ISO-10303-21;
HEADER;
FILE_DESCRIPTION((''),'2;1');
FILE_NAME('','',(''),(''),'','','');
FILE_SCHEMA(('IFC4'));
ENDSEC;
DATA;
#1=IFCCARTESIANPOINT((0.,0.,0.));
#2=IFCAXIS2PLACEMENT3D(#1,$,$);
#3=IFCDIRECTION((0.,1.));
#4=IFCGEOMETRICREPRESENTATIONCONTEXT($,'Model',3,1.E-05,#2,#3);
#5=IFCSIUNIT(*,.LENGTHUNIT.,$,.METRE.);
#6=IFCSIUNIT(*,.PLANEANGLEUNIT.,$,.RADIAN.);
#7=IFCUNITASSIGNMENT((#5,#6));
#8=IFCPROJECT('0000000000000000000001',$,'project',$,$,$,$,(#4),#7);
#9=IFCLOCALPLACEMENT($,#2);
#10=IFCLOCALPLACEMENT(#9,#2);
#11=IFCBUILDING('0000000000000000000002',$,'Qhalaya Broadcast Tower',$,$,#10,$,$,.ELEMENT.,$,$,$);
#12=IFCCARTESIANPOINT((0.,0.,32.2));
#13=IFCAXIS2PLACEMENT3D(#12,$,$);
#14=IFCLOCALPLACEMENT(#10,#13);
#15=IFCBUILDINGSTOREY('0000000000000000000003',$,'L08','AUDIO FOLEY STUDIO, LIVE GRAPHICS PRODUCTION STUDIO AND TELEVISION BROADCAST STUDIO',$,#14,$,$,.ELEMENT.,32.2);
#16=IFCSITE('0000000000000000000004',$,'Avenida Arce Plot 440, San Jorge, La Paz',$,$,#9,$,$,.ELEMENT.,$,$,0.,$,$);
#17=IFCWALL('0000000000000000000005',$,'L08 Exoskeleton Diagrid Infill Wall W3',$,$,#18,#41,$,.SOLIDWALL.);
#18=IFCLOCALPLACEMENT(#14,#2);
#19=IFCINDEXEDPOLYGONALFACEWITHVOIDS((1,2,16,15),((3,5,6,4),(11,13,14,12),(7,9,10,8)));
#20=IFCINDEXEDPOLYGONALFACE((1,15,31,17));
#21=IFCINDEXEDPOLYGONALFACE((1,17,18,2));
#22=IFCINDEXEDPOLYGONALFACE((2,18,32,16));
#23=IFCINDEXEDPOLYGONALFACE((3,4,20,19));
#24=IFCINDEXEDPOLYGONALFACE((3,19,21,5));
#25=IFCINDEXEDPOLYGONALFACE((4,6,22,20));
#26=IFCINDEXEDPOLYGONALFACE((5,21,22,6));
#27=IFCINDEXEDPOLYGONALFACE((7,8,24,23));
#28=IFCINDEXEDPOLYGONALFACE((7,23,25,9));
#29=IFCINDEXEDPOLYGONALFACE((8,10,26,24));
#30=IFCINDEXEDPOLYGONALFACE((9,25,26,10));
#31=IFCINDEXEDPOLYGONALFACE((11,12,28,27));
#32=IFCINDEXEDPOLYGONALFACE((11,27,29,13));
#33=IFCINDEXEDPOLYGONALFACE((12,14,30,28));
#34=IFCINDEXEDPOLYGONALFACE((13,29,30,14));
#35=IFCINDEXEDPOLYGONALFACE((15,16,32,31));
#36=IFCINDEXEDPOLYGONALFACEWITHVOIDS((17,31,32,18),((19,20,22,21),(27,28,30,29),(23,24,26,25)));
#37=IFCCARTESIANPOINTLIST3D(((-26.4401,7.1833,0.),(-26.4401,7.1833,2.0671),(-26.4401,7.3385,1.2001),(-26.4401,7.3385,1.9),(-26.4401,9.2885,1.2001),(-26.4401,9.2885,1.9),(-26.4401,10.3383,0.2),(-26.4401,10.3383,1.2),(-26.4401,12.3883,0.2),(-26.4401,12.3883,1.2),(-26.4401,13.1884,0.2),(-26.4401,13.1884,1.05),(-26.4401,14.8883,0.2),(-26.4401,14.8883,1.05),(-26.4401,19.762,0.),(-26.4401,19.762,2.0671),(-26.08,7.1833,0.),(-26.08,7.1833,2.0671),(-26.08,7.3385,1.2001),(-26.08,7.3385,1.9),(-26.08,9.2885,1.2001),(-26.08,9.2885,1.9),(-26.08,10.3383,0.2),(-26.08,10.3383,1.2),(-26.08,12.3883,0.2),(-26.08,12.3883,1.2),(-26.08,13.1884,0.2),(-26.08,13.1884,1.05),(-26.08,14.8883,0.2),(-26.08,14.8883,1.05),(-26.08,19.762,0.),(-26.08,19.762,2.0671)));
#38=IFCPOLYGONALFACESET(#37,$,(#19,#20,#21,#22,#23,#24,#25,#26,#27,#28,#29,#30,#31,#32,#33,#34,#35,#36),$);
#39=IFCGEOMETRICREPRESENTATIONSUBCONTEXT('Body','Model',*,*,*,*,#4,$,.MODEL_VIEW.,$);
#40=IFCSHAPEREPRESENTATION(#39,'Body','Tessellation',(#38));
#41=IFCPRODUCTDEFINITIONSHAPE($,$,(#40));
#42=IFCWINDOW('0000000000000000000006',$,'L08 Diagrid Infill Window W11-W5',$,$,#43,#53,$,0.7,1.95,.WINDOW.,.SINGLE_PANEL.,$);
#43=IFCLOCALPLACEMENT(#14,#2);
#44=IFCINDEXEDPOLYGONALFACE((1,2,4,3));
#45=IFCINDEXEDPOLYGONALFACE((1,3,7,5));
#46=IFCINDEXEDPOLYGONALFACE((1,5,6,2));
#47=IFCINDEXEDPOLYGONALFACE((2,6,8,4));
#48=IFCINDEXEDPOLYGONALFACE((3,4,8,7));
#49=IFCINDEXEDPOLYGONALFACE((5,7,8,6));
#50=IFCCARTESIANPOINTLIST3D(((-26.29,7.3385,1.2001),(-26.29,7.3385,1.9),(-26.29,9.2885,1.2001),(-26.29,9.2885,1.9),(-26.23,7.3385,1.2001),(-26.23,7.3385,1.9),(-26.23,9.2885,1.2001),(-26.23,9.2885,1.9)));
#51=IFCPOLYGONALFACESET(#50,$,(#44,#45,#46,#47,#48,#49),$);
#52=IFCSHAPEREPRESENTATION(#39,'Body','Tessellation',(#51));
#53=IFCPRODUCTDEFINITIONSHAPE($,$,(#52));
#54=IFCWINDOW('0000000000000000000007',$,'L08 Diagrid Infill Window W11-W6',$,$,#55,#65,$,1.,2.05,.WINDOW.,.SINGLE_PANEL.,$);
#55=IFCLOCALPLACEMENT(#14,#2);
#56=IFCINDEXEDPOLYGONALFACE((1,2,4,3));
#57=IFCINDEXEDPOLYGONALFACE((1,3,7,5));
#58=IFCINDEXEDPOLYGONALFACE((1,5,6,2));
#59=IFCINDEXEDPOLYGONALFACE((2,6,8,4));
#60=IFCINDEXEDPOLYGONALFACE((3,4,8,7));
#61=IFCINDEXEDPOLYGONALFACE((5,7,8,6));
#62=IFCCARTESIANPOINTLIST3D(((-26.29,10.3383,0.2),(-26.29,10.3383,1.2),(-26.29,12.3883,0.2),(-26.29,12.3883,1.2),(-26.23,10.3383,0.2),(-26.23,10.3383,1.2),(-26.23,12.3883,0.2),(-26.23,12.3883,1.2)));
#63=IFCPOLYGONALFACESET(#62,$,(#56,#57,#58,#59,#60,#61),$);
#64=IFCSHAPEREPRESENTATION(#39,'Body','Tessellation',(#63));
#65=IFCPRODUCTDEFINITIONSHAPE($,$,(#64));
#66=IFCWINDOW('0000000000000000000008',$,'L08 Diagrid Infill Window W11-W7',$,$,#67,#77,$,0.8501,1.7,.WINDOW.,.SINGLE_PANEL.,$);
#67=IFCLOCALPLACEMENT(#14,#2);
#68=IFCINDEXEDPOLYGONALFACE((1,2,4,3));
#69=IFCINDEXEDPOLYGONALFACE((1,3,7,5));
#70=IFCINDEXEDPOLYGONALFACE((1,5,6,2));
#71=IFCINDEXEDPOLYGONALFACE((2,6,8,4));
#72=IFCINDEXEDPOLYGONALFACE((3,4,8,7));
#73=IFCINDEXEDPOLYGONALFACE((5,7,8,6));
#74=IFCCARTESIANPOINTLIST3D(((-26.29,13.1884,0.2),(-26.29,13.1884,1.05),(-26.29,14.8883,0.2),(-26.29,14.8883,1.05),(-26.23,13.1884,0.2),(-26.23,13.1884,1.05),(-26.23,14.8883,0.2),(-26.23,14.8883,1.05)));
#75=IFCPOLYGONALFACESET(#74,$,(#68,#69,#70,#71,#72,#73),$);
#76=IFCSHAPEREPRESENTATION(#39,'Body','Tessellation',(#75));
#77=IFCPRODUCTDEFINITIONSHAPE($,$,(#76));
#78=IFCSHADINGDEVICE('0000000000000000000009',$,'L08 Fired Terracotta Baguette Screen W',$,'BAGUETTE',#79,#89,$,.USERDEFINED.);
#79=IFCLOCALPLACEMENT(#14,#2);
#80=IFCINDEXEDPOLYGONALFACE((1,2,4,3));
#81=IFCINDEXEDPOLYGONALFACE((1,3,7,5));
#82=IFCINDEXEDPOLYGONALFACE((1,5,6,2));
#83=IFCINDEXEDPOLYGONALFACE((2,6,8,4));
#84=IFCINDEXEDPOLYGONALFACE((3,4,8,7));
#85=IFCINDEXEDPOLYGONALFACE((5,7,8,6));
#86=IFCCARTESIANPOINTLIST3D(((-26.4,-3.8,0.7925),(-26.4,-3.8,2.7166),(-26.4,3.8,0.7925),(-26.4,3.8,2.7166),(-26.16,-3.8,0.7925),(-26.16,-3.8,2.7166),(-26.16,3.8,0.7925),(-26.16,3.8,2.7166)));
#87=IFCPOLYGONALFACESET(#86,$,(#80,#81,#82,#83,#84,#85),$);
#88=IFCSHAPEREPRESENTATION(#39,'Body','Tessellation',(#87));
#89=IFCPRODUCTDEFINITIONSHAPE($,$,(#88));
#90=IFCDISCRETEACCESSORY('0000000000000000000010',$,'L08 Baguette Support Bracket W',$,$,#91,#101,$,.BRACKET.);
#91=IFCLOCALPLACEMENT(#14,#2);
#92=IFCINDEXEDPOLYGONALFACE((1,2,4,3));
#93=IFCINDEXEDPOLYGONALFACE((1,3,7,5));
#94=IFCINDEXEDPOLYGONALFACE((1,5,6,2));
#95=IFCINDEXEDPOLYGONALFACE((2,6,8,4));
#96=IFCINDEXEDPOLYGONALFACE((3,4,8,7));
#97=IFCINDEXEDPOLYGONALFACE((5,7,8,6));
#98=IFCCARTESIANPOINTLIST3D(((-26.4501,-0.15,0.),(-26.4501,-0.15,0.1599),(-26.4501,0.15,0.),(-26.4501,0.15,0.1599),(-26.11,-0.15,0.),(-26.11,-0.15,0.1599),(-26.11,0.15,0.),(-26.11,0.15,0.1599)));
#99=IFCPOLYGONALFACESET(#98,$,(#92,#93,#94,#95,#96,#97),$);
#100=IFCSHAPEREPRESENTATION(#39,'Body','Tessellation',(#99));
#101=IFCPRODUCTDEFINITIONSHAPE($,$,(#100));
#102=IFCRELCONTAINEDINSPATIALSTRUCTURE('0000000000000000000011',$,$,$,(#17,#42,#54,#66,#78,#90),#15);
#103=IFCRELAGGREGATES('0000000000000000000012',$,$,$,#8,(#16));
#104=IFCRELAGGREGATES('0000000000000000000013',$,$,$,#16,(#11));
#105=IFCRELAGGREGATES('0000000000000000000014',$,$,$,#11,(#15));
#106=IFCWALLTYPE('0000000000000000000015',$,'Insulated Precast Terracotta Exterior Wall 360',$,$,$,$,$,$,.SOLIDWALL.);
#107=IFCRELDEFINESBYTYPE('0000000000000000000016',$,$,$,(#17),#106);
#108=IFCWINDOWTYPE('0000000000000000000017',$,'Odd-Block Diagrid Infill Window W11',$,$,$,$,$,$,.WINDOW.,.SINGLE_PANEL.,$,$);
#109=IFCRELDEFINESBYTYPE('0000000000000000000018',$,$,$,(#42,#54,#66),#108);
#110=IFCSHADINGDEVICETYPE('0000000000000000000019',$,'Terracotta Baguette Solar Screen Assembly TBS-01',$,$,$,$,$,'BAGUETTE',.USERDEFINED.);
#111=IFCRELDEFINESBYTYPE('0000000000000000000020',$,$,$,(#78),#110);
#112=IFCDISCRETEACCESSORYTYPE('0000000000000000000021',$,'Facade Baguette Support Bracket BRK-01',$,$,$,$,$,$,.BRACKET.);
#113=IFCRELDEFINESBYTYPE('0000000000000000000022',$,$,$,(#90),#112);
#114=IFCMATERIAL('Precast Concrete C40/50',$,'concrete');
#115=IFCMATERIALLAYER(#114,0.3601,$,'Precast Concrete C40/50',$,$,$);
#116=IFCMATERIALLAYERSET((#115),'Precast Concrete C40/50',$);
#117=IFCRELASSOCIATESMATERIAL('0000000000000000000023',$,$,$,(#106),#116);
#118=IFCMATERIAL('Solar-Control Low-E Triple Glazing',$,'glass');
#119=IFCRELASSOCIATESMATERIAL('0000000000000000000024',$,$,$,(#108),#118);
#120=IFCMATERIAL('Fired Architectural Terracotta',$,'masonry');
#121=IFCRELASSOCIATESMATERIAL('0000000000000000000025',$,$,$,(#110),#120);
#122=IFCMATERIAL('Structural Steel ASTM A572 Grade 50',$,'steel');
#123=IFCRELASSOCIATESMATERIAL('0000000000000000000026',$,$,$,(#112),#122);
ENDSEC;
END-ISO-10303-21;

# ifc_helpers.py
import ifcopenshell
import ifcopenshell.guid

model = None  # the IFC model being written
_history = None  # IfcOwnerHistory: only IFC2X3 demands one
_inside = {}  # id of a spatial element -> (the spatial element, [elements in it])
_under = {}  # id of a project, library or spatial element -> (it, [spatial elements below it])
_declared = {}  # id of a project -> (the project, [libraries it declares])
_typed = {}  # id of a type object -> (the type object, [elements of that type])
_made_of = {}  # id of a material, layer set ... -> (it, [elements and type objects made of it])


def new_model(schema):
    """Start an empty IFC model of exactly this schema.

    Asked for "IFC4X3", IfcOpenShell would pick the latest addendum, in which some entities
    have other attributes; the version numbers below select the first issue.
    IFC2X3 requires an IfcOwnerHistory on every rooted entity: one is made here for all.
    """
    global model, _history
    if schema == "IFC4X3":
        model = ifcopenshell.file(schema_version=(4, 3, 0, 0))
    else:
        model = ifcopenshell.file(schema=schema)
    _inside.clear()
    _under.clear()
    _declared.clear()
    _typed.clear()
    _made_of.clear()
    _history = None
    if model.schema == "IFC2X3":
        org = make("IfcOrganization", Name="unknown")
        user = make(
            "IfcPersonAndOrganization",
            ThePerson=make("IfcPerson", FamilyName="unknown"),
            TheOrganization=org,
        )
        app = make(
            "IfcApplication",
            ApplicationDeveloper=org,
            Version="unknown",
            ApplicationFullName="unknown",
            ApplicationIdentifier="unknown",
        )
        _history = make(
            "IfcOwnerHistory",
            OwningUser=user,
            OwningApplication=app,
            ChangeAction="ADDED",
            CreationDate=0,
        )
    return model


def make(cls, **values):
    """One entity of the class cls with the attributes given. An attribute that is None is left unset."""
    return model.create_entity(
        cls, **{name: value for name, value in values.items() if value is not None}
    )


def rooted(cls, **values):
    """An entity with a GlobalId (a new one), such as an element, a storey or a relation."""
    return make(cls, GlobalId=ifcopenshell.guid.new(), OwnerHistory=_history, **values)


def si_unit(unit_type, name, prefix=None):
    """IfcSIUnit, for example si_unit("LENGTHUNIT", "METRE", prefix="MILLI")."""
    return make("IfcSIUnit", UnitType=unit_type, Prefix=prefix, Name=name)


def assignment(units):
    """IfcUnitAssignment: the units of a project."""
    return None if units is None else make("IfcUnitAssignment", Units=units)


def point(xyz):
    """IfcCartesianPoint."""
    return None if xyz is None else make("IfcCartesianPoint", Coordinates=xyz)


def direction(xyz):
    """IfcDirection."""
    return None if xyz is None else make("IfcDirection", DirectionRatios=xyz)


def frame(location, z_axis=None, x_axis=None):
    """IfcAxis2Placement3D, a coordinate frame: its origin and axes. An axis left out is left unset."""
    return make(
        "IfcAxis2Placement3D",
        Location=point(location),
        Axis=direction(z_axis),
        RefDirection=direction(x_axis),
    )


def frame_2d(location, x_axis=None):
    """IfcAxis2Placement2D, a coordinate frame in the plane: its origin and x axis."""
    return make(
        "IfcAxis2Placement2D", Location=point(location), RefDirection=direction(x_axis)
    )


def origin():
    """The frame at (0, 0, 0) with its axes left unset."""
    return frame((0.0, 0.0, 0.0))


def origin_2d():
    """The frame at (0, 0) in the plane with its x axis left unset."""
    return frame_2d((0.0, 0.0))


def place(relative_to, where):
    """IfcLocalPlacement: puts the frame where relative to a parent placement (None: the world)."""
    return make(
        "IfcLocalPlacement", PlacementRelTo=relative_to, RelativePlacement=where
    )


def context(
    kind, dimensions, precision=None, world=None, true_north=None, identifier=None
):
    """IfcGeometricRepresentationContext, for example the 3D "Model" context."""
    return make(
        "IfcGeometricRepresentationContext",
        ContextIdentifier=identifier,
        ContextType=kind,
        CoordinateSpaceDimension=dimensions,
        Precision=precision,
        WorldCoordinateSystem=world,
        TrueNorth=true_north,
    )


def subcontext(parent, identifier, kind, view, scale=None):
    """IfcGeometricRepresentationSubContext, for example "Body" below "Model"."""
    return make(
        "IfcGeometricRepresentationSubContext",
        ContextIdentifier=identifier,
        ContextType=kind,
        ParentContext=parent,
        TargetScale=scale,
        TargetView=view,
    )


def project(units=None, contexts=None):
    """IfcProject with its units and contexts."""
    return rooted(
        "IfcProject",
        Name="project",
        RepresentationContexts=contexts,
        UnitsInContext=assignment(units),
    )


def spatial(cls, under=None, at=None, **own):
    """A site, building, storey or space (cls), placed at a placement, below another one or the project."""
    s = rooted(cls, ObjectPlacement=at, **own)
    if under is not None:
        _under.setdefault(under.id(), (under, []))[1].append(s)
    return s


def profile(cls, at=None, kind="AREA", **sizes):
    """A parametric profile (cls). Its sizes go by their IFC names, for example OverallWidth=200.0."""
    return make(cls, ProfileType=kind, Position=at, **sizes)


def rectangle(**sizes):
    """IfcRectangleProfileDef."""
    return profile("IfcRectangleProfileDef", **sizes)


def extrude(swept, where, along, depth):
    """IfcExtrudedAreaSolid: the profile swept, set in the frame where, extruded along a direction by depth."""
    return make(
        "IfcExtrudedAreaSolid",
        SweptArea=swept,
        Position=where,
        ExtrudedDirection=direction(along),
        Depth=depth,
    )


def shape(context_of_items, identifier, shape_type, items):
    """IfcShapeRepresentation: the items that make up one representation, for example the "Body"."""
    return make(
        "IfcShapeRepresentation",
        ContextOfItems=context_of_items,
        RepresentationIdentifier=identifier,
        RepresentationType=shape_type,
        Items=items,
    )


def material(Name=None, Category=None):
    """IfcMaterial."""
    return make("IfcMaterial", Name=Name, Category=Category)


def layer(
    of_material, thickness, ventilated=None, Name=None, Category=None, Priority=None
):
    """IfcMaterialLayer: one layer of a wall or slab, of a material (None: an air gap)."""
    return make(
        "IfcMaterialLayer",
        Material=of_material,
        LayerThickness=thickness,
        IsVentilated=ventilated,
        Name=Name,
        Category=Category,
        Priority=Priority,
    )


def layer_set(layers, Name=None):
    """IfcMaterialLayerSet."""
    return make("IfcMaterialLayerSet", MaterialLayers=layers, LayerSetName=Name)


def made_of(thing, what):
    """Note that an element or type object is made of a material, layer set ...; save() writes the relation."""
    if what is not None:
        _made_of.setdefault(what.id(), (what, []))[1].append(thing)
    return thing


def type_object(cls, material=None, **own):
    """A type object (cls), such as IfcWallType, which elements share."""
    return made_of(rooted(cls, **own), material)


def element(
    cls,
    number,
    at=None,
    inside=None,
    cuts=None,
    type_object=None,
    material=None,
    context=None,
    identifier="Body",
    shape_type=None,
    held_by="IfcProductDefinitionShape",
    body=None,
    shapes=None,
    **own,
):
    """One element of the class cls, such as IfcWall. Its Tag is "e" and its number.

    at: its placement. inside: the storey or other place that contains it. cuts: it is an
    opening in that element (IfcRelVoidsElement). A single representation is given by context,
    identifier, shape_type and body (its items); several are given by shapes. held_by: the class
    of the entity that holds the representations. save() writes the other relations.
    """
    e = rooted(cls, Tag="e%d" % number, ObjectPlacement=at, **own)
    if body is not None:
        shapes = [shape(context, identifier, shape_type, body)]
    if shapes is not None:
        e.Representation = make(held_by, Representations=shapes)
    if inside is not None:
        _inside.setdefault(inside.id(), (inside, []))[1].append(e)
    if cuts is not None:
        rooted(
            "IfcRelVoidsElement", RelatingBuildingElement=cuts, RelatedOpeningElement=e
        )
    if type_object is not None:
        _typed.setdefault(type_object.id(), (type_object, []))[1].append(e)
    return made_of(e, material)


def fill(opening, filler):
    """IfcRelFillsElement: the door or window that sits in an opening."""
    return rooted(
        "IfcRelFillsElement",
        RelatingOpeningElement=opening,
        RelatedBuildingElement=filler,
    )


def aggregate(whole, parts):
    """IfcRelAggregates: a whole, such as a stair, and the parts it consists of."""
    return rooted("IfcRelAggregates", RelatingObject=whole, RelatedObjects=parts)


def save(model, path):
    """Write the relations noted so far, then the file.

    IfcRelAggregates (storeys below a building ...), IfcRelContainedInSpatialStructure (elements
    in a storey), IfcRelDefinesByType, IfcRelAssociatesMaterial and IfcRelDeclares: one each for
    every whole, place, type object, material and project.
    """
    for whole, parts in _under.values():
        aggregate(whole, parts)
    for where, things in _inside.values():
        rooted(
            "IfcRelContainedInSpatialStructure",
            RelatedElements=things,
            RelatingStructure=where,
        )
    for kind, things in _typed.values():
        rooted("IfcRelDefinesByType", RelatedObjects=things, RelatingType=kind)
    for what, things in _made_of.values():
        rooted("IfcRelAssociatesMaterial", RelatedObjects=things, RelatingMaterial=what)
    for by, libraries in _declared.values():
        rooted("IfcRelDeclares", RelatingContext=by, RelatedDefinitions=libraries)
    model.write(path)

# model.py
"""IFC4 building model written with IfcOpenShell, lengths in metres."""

from ifc_helpers import new_model, si_unit, direction, frame, frame_2d, origin, origin_2d, place, context, subcontext, project, spatial, rectangle, extrude, material, layer, layer_set, type_object, element, fill, save


model = new_model("IFC4")

# Units and contexts
model_context = context("Model", 3, precision=1e-05, world=origin(), true_north=direction((0.0, 1.0)))
body_context = subcontext(model_context, "Body", "Model", "MODEL_VIEW")
ifc_project = project(units=[si_unit("LENGTHUNIT", "METRE"), si_unit("PLANEANGLEUNIT", "RADIAN")], contexts=[model_context])

# Site, building, storey
site_placement = place(None, origin())
site = spatial("IfcSite", under=ifc_project, at=site_placement, Name="Avenida Arce Plot 440, San Jorge, La Paz", CompositionType="ELEMENT", RefElevation=0.0)
building_placement = place(site_placement, origin())
building = spatial("IfcBuilding", under=site, at=building_placement, Name="Qhalaya Broadcast Tower", CompositionType="ELEMENT")
storey_placement = place(building_placement, frame((0.0, 0.0, 32.2)))
storey = spatial("IfcBuildingStorey", under=building, at=storey_placement, Name="L08", Description="AUDIO FOLEY STUDIO, LIVE GRAPHICS PRODUCTION STUDIO AND TELEVISION BROADCAST STUDIO", CompositionType="ELEMENT", Elevation=32.2)

# Shared definitions
ifc_material_1 = material(Name="Structural Steel ASTM A572 Grade 50", Category="steel")

# Wall, openings, windows
ifc_material_2 = material(Name="Precast Concrete C40/50", Category="concrete")
ifc_layer_1 = layer(ifc_material_2, 0.3601, Name="Precast Concrete C40/50")
ifc_layer_set_1 = layer_set([ifc_layer_1], Name="Precast Concrete C40/50")
wall_type_1 = type_object("IfcWallType", Name="Insulated Precast Terracotta Exterior Wall 360", PredefinedType="SOLIDWALL", material=ifc_layer_set_1)
wall_1_placement = place(storey_placement, frame((-26.26, 7.1833, 0.0), z_axis=(0.0, 0.0, 1.0), x_axis=(0.0, 1.0, 0.0)))
wall_1 = element("IfcWall", 1, at=wall_1_placement, inside=storey, type_object=wall_type_1, Name="L08 Exoskeleton Diagrid Infill Wall W3", PredefinedType="SOLIDWALL", context=body_context, shape_type="SweptSolid", body=[
    extrude(rectangle(XDim=12.5786, YDim=0.3601, at=frame_2d((6.2893, 0.0))), origin(), (0.0, 0.0, 1.0), 2.0671),
])
opening_1_placement = place(wall_1_placement, frame((0.155, 0.0, 1.2)))
opening_1 = element("IfcOpeningElement", 2, at=opening_1_placement, cuts=wall_1, PredefinedType="OPENING", context=body_context, shape_type="SweptSolid", body=[
    extrude(rectangle(XDim=1.95, YDim=0.7, at=frame_2d((0.9751, 0.3501))), frame((0.0, 0.1921, 0.0), z_axis=(0.0, -1.0, 0.0), x_axis=(1.0, 0.0, 0.0)), (0.0, 0.0, 1.0), 0.384),
])
opening_2_placement = place(wall_1_placement, frame((3.155, 0.0, 0.2)))
opening_2 = element("IfcOpeningElement", 3, at=opening_2_placement, cuts=wall_1, PredefinedType="OPENING", context=body_context, shape_type="SweptSolid", body=[
    extrude(rectangle(XDim=2.05, YDim=1.0, at=frame_2d((1.0249, 0.5))), frame((0.0, 0.1921, 0.0), z_axis=(0.0, -1.0, 0.0), x_axis=(1.0, 0.0, 0.0)), (0.0, 0.0, 1.0), 0.384),
])
opening_3_placement = place(wall_1_placement, frame((6.0049, 0.0, 0.2)))
opening_3 = element("IfcOpeningElement", 4, at=opening_3_placement, cuts=wall_1, PredefinedType="OPENING", context=body_context, shape_type="SweptSolid", body=[
    extrude(rectangle(XDim=1.7, YDim=0.8501, at=frame_2d((0.8501, 0.425))), frame((0.0, 0.1921, 0.0), z_axis=(0.0, -1.0, 0.0), x_axis=(1.0, 0.0, 0.0)), (0.0, 0.0, 1.0), 0.384),
])
ifc_material_3 = material(Name="Solar-Control Low-E Triple Glazing", Category="glass")
window_type = type_object("IfcWindowType", Name="Odd-Block Diagrid Infill Window W11", PartitioningType="SINGLE_PANEL", PredefinedType="WINDOW", material=ifc_material_3)
window_1_placement = place(opening_1_placement, origin())
window_1 = element("IfcWindow", 5, at=window_1_placement, inside=storey, type_object=window_type, Name="L08 Diagrid Infill Window W11-W5", OverallHeight=0.7, OverallWidth=1.95, PartitioningType="SINGLE_PANEL", PredefinedType="WINDOW", context=body_context, shape_type="SweptSolid", body=[
    extrude(rectangle(XDim=1.95, YDim=0.7, at=frame_2d((0.9751, 0.3501))), frame((0.0, 0.03, 0.0), z_axis=(0.0, -1.0, 0.0), x_axis=(1.0, 0.0, 0.0)), (0.0, 0.0, 1.0), 0.0601),
])
fill(opening_1, window_1)
window_2_placement = place(opening_2_placement, origin())
window_2 = element("IfcWindow", 6, at=window_2_placement, inside=storey, type_object=window_type, Name="L08 Diagrid Infill Window W11-W6", OverallHeight=1.0, OverallWidth=2.05, PartitioningType="SINGLE_PANEL", PredefinedType="WINDOW", context=body_context, shape_type="SweptSolid", body=[
    extrude(rectangle(XDim=2.05, YDim=1.0, at=frame_2d((1.0249, 0.5))), frame((0.0, 0.03, 0.0), z_axis=(0.0, -1.0, 0.0), x_axis=(1.0, 0.0, 0.0)), (0.0, 0.0, 1.0), 0.0601),
])
fill(opening_2, window_2)
window_3_placement = place(opening_3_placement, origin())
window_3 = element("IfcWindow", 7, at=window_3_placement, inside=storey, type_object=window_type, Name="L08 Diagrid Infill Window W11-W7", OverallHeight=0.8501, OverallWidth=1.7, PartitioningType="SINGLE_PANEL", PredefinedType="WINDOW", context=body_context, shape_type="SweptSolid", body=[
    extrude(rectangle(XDim=1.7, YDim=0.8501, at=frame_2d((0.8501, 0.425))), frame((0.0, 0.03, 0.0), z_axis=(0.0, -1.0, 0.0), x_axis=(1.0, 0.0, 0.0)), (0.0, 0.0, 1.0), 0.0601),
])
fill(opening_3, window_3)

# Shading device
ifc_material_4 = material(Name="Fired Architectural Terracotta", Category="masonry")
shading_device_type = type_object("IfcShadingDeviceType", Name="Terracotta Baguette Solar Screen Assembly TBS-01", ElementType="BAGUETTE", PredefinedType="USERDEFINED", material=ifc_material_4)
shading_device_placement = place(storey_placement, frame((-26.28, 0.0, 0.7925), z_axis=(0.0, 0.0, 1.0), x_axis=(0.0, -1.0, 0.0)))
element("IfcShadingDevice", 8, at=shading_device_placement, inside=storey, type_object=shading_device_type, Name="L08 Fired Terracotta Baguette Screen W", ObjectType="BAGUETTE", PredefinedType="USERDEFINED", context=body_context, shape_type="SweptSolid", body=[
    extrude(rectangle(XDim=7.6001, YDim=0.24, at=origin_2d()), origin(), (0.0, 0.0, 1.0), 1.9241),
])

# Discrete accessory
discrete_accessory_type = type_object("IfcDiscreteAccessoryType", Name="Facade Baguette Support Bracket BRK-01", PredefinedType="BRACKET", material=ifc_material_1)
discrete_accessory_placement = place(storey_placement, frame((-26.28, 0.0, 0.0), z_axis=(0.0, 0.0, 1.0), x_axis=(0.0, -1.0, 0.0)))
element("IfcDiscreteAccessory", 9, at=discrete_accessory_placement, inside=storey, type_object=discrete_accessory_type, Name="L08 Baguette Support Bracket W", PredefinedType="BRACKET", context=body_context, shape_type="SweptSolid", body=[
    extrude(rectangle(XDim=0.3, YDim=0.3401, at=origin_2d()), origin(), (0.0, 0.0, 1.0), 0.1599),
])

save(model, "model.ifc")
